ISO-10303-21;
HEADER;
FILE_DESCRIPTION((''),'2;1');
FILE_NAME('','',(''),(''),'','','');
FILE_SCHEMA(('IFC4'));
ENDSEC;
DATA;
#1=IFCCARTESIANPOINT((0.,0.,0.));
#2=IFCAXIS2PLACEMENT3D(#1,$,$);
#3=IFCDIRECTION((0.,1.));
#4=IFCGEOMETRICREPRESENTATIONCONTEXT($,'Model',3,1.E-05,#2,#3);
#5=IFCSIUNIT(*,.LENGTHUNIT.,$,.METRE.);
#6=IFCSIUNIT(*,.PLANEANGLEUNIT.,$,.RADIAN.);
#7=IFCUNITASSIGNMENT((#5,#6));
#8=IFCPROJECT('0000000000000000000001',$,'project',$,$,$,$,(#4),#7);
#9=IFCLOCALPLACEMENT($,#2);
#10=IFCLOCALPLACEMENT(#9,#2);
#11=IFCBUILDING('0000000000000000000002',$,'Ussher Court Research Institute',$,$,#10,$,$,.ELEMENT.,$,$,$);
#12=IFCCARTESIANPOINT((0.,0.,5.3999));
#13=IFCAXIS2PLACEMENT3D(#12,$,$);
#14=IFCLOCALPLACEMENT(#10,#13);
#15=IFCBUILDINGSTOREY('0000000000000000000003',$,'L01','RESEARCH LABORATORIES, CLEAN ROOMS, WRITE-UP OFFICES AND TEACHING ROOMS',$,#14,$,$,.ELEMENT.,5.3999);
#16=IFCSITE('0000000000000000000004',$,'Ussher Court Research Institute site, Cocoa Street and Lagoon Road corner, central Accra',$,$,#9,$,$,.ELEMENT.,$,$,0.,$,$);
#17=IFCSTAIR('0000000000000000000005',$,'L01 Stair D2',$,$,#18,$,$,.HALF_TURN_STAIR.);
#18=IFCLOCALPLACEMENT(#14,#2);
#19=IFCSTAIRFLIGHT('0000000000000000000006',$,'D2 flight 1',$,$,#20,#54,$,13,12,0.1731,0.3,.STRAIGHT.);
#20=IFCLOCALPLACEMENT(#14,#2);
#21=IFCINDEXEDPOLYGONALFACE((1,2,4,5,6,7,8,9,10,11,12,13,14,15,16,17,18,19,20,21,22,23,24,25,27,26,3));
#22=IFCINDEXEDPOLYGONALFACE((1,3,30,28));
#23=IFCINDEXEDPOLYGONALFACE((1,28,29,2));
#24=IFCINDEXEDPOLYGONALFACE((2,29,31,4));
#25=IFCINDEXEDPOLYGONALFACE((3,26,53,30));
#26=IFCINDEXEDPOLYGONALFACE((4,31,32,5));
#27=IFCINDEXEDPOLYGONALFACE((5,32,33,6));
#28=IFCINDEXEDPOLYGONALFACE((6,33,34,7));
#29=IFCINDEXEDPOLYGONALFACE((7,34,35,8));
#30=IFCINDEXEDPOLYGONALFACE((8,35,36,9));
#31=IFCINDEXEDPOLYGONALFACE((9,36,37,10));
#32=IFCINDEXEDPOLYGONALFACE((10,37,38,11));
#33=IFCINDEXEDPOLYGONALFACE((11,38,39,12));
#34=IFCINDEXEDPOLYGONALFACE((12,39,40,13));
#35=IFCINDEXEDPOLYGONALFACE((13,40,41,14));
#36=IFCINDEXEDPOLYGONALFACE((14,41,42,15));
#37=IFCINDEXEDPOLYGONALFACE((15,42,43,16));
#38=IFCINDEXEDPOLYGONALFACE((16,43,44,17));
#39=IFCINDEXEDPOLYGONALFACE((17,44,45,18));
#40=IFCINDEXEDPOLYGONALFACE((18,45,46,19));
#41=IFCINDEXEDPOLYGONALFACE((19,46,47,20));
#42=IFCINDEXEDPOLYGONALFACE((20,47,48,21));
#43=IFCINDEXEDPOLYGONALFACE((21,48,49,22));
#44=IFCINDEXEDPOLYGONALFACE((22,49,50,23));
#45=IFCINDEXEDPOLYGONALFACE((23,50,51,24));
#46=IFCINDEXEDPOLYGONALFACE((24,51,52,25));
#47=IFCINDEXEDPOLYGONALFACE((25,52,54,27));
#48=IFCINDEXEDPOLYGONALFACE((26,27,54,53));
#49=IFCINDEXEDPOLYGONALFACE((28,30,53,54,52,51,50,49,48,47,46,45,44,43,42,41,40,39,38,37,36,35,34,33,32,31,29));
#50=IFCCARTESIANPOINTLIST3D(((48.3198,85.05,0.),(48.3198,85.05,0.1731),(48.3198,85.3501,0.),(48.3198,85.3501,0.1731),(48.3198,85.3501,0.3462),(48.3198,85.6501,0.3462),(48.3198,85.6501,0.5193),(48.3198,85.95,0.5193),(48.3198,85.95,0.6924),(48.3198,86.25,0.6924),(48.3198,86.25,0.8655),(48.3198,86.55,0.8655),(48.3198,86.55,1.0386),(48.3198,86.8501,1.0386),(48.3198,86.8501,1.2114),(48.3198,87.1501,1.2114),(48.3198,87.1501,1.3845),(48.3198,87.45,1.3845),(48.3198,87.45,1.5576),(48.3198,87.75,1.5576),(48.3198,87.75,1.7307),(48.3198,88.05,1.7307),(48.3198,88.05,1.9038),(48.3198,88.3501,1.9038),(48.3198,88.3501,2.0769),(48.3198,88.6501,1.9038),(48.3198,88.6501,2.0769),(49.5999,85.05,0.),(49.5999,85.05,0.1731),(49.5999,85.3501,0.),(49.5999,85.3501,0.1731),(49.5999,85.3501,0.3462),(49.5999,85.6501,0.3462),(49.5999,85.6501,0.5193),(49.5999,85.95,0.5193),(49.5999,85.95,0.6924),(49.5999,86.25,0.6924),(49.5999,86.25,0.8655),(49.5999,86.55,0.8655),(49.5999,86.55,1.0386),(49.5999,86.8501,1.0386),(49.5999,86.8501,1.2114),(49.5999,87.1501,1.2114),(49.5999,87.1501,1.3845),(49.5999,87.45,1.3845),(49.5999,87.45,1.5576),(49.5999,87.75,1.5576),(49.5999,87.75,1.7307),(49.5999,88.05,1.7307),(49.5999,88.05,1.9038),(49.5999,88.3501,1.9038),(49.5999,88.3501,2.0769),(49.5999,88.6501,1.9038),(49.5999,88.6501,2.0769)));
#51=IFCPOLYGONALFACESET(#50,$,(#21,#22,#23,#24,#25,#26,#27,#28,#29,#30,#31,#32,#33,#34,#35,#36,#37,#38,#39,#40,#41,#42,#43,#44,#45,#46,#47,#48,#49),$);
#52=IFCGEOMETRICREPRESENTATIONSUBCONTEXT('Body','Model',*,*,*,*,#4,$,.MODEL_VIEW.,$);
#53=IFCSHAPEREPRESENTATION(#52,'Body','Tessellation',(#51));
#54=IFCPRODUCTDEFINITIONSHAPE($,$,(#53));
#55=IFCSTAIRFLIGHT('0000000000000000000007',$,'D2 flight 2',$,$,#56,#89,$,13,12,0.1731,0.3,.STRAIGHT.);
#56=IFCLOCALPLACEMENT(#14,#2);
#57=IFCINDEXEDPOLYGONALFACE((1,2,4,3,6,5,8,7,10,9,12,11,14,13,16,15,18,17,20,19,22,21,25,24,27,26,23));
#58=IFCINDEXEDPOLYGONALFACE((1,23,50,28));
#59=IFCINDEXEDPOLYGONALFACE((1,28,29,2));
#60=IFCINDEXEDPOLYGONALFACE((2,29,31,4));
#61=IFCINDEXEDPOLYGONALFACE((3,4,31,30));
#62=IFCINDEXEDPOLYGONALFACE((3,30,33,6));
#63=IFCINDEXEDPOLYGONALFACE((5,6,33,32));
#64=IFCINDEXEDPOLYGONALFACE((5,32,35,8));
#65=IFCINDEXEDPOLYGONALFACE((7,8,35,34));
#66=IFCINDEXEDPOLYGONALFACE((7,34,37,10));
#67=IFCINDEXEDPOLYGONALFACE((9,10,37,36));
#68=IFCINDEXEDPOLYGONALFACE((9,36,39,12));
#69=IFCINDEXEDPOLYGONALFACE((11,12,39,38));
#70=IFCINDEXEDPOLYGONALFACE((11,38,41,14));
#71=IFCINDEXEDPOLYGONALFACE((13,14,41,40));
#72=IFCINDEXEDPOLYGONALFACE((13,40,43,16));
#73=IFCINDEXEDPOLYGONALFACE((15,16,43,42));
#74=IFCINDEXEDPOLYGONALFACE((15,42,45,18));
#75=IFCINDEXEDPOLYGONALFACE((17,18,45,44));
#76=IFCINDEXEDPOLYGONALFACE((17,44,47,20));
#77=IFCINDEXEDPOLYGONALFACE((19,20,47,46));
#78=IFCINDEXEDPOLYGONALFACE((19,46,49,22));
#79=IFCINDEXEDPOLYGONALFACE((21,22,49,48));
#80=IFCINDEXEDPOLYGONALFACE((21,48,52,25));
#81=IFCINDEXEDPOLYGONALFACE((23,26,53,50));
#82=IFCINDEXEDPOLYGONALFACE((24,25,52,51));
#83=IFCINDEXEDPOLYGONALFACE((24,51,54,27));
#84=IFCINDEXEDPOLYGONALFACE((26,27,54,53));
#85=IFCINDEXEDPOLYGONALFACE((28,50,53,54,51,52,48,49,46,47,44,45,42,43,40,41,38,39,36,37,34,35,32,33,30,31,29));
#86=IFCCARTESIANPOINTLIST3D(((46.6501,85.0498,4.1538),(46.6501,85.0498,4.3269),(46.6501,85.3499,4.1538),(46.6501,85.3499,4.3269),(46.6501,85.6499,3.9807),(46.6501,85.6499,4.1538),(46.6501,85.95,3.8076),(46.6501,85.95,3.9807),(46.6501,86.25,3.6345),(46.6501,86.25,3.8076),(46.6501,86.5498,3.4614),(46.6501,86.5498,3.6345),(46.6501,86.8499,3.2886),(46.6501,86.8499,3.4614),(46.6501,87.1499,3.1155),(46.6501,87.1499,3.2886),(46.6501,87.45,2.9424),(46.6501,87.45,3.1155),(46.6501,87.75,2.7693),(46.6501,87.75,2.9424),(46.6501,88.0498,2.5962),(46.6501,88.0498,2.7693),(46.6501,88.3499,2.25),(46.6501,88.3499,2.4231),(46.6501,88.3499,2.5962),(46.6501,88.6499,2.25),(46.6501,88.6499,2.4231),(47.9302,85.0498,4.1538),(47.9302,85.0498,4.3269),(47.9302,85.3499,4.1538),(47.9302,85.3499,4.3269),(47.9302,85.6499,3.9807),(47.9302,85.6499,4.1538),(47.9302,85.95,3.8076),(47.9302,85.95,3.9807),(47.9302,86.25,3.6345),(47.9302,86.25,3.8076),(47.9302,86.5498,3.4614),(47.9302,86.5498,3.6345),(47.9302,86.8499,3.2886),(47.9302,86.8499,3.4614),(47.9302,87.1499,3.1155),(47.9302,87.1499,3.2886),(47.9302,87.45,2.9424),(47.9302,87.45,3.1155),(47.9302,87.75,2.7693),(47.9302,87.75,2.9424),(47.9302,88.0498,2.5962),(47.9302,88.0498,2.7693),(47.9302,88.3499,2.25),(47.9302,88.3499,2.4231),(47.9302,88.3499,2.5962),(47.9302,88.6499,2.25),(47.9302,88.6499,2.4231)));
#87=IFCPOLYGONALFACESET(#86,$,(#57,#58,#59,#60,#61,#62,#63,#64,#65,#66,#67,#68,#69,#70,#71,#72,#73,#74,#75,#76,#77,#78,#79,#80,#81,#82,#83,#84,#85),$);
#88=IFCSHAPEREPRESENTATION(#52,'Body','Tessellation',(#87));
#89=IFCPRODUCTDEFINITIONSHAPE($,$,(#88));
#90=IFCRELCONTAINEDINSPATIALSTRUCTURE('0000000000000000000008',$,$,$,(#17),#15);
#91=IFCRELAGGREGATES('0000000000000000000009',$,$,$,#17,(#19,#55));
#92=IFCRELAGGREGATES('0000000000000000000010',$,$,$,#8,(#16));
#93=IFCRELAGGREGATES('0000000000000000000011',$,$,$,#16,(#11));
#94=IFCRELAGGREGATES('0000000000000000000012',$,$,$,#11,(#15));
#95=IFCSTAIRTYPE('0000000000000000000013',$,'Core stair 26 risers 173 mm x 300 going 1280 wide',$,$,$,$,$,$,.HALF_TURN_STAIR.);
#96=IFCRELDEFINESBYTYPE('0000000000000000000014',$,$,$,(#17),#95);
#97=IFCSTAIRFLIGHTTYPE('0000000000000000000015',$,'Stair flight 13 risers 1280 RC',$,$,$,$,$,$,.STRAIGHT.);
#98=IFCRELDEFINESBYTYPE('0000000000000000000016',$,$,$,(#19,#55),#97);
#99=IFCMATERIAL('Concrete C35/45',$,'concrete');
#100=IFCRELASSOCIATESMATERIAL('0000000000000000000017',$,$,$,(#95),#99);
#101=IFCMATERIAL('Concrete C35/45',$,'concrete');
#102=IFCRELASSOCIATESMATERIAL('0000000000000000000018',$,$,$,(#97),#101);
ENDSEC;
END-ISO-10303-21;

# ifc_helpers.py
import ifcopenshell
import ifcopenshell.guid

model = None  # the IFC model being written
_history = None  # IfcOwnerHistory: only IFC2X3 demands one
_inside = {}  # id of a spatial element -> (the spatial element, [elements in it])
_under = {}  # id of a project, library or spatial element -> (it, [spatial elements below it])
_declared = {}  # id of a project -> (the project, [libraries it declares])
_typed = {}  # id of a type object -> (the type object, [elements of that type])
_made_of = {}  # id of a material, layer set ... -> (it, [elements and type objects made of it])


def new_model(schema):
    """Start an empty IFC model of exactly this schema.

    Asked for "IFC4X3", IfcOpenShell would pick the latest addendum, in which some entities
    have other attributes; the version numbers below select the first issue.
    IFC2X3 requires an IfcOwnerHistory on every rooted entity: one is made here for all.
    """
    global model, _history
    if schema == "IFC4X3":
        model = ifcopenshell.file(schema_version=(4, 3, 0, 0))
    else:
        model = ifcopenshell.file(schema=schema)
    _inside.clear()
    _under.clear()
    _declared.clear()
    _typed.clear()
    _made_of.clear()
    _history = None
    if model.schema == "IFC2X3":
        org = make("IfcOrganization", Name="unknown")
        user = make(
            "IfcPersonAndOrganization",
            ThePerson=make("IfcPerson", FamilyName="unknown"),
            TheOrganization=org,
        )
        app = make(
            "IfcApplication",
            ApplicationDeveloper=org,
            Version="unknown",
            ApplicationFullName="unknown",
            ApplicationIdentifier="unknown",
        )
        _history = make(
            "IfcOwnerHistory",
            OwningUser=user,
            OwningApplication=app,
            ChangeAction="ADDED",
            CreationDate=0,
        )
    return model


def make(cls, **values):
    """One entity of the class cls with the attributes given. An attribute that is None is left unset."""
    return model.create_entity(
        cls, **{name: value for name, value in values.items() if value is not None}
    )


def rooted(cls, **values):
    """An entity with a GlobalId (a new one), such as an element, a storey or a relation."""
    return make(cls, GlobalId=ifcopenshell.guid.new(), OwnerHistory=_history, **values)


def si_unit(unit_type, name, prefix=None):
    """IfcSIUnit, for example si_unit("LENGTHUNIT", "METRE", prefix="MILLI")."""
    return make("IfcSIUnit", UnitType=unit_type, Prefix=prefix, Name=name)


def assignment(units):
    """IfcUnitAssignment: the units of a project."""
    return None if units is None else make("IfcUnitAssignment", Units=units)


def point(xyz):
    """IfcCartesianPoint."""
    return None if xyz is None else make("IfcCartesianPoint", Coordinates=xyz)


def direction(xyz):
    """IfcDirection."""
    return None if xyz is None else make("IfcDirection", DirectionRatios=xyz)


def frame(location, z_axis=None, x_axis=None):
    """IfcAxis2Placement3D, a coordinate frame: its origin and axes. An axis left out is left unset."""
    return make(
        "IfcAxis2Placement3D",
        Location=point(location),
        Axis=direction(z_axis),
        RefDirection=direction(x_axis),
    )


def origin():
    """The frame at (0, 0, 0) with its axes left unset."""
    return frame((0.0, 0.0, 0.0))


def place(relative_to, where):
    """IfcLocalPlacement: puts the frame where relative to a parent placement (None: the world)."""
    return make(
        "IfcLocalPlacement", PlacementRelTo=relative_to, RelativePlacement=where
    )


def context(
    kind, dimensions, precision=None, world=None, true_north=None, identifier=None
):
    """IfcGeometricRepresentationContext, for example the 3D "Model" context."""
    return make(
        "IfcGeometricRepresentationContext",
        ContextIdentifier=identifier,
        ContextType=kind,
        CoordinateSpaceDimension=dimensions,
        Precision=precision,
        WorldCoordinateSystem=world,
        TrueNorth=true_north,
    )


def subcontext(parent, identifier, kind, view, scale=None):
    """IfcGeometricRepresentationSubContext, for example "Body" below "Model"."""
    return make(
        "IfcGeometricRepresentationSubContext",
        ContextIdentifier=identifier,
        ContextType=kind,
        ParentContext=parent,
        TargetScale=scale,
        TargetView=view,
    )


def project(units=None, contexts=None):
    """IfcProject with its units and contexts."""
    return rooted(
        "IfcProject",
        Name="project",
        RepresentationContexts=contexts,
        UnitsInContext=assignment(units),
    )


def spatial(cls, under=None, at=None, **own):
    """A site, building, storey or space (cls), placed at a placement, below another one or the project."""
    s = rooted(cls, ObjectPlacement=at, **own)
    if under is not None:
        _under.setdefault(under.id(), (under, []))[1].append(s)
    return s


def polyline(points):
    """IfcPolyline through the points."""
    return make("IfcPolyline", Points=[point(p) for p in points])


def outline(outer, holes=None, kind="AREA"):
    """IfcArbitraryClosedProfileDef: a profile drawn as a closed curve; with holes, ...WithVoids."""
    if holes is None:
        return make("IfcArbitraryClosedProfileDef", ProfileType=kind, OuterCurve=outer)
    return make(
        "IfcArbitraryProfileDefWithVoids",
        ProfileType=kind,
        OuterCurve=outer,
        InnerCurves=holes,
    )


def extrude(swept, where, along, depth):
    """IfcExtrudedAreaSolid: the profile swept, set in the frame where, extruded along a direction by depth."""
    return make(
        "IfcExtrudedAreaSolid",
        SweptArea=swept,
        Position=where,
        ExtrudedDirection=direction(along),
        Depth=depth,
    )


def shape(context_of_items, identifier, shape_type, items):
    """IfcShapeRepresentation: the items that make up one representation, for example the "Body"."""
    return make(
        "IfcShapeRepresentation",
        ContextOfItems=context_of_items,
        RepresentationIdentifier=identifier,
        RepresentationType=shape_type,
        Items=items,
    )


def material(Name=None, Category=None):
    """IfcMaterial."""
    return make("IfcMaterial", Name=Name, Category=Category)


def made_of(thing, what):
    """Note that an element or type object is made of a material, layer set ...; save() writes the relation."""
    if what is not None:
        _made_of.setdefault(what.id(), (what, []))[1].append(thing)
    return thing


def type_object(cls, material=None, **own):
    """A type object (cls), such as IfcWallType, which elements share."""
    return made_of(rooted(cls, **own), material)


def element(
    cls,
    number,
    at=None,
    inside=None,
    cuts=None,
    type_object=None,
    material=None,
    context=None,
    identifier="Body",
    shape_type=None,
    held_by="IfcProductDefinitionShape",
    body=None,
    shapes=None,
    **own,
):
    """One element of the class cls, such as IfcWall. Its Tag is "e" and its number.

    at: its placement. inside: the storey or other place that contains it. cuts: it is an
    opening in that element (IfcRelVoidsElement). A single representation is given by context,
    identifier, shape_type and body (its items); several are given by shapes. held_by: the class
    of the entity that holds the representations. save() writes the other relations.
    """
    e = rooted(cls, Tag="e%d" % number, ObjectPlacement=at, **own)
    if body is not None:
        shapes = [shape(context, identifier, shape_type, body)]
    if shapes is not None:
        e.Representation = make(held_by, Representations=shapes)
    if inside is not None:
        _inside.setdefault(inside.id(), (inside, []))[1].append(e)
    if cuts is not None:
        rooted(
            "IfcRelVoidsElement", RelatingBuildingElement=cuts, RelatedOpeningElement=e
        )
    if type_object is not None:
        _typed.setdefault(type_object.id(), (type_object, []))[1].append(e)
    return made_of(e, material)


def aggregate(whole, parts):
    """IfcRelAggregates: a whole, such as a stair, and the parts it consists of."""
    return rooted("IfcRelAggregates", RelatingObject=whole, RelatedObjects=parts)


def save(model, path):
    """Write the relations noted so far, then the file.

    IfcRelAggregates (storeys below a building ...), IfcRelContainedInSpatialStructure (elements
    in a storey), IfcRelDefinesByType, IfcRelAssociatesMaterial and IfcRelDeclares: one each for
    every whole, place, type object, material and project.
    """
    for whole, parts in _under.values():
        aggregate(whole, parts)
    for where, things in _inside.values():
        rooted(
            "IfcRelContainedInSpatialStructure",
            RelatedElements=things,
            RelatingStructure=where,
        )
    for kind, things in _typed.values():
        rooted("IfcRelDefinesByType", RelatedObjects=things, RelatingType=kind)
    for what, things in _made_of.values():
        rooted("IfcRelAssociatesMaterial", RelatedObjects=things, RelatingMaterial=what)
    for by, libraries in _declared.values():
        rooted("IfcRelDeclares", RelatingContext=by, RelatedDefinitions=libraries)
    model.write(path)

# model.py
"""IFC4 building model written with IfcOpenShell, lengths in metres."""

from ifc_helpers import new_model, si_unit, direction, frame, origin, place, context, subcontext, project, spatial, polyline, outline, extrude, material, type_object, element, aggregate, save


model = new_model("IFC4")

# Units and contexts
model_context = context("Model", 3, precision=1e-05, world=origin(), true_north=direction((0.0, 1.0)))
body_context = subcontext(model_context, "Body", "Model", "MODEL_VIEW")
ifc_project = project(units=[si_unit("LENGTHUNIT", "METRE"), si_unit("PLANEANGLEUNIT", "RADIAN")], contexts=[model_context])

# Site, building, storey
site_placement = place(None, origin())
site = spatial("IfcSite", under=ifc_project, at=site_placement, Name="Ussher Court Research Institute site, Cocoa Street and Lagoon Road corner, central Accra", CompositionType="ELEMENT", RefElevation=0.0)
building_placement = place(site_placement, origin())
building = spatial("IfcBuilding", under=site, at=building_placement, Name="Ussher Court Research Institute", CompositionType="ELEMENT")
storey_placement = place(building_placement, frame((0.0, 0.0, 5.3999)))
storey = spatial("IfcBuildingStorey", under=building, at=storey_placement, Name="L01", Description="RESEARCH LABORATORIES, CLEAN ROOMS, WRITE-UP OFFICES AND TEACHING ROOMS", CompositionType="ELEMENT", Elevation=5.3999)

# Stair, stair flights
ifc_material_1 = material(Name="Concrete C35/45", Category="concrete")
stair_type = type_object("IfcStairType", Name="Core stair 26 risers 173 mm x 300 going 1280 wide", PredefinedType="HALF_TURN_STAIR", material=ifc_material_1)
stair_placement = place(storey_placement, origin())
stair = element("IfcStair", 1, at=stair_placement, inside=storey, type_object=stair_type, Name="L01 Stair D2", PredefinedType="HALF_TURN_STAIR")
ifc_material_2 = material(Name="Concrete C35/45", Category="concrete")
stair_flight_type = type_object("IfcStairFlightType", Name="Stair flight 13 risers 1280 RC", PredefinedType="STRAIGHT", material=ifc_material_2)
stair_flight_1_placement = place(storey_placement, frame((48.96, 85.05, 0.0), z_axis=(0.0, 0.0, 1.0), x_axis=(0.0, 1.0, 0.0)))
stair_flight_1 = element("IfcStairFlight", 2, at=stair_flight_1_placement, type_object=stair_flight_type, Name="D2 flight 1", NumberOfRisers=13, NumberOfTreads=12, PredefinedType="STRAIGHT", RiserHeight=0.1731, TreadLength=0.3, context=body_context, shape_type="SweptSolid", body=[
    extrude(outline(polyline([(0.0, 0.0), (0.0, 0.1731), (0.3, 0.1731), (0.3, 0.3462), (0.6001, 0.3462), (0.6001, 0.5193), (0.8999, 0.5193), (0.8999, 0.6924), (1.2, 0.6924), (1.2, 0.8655), (1.5, 0.8655), (1.5, 1.0386), (1.8, 1.0386), (1.8, 1.2114), (2.1001, 1.2114), (2.1001, 1.3845), (2.3999, 1.3845), (2.3999, 1.5576), (2.7, 1.5576), (2.7, 1.7307), (3.0, 1.7307), (3.0, 1.9038), (3.3, 1.9038), (3.3, 2.0769), (3.6001, 2.0769), (3.6001, 2.25), (3.6001, 1.9038), (0.3, 0.0), (0.0, 0.0)])), frame((0.0, 0.6401, 0.0), z_axis=(0.0, -1.0, 0.0), x_axis=(1.0, 0.0, 0.0)), (0.0, 0.0, 1.0), 1.28),
])
stair_flight_2_placement = place(storey_placement, frame((47.29, 88.6499, 2.25), z_axis=(0.0, 0.0, 1.0), x_axis=(0.0, -1.0, 0.0)))
stair_flight_2 = element("IfcStairFlight", 3, at=stair_flight_2_placement, type_object=stair_flight_type, Name="D2 flight 2", NumberOfRisers=13, NumberOfTreads=12, PredefinedType="STRAIGHT", RiserHeight=0.1731, TreadLength=0.3, context=body_context, shape_type="SweptSolid", body=[
    extrude(outline(polyline([(0.0, 0.0), (0.0, 0.1731), (0.3, 0.1731), (0.3, 0.3462), (0.6001, 0.3462), (0.6001, 0.5193), (0.8999, 0.5193), (0.8999, 0.6924), (1.2, 0.6924), (1.2, 0.8655), (1.5, 0.8655), (1.5, 1.0386), (1.8, 1.0386), (1.8, 1.2114), (2.1001, 1.2114), (2.1001, 1.3845), (2.3999, 1.3845), (2.3999, 1.5576), (2.7, 1.5576), (2.7, 1.7307), (3.0, 1.7307), (3.0, 1.9038), (3.3, 1.9038), (3.3, 2.0769), (3.6001, 2.0769), (3.6001, 2.25), (3.6001, 1.9038), (0.3, 0.0), (0.0, 0.0)])), frame((0.0, 0.6401, 0.0), z_axis=(0.0, -1.0, 0.0), x_axis=(1.0, 0.0, 0.0)), (0.0, 0.0, 1.0), 1.28),
])
aggregate(stair, [stair_flight_1, stair_flight_2])

save(model, "model.ifc")
